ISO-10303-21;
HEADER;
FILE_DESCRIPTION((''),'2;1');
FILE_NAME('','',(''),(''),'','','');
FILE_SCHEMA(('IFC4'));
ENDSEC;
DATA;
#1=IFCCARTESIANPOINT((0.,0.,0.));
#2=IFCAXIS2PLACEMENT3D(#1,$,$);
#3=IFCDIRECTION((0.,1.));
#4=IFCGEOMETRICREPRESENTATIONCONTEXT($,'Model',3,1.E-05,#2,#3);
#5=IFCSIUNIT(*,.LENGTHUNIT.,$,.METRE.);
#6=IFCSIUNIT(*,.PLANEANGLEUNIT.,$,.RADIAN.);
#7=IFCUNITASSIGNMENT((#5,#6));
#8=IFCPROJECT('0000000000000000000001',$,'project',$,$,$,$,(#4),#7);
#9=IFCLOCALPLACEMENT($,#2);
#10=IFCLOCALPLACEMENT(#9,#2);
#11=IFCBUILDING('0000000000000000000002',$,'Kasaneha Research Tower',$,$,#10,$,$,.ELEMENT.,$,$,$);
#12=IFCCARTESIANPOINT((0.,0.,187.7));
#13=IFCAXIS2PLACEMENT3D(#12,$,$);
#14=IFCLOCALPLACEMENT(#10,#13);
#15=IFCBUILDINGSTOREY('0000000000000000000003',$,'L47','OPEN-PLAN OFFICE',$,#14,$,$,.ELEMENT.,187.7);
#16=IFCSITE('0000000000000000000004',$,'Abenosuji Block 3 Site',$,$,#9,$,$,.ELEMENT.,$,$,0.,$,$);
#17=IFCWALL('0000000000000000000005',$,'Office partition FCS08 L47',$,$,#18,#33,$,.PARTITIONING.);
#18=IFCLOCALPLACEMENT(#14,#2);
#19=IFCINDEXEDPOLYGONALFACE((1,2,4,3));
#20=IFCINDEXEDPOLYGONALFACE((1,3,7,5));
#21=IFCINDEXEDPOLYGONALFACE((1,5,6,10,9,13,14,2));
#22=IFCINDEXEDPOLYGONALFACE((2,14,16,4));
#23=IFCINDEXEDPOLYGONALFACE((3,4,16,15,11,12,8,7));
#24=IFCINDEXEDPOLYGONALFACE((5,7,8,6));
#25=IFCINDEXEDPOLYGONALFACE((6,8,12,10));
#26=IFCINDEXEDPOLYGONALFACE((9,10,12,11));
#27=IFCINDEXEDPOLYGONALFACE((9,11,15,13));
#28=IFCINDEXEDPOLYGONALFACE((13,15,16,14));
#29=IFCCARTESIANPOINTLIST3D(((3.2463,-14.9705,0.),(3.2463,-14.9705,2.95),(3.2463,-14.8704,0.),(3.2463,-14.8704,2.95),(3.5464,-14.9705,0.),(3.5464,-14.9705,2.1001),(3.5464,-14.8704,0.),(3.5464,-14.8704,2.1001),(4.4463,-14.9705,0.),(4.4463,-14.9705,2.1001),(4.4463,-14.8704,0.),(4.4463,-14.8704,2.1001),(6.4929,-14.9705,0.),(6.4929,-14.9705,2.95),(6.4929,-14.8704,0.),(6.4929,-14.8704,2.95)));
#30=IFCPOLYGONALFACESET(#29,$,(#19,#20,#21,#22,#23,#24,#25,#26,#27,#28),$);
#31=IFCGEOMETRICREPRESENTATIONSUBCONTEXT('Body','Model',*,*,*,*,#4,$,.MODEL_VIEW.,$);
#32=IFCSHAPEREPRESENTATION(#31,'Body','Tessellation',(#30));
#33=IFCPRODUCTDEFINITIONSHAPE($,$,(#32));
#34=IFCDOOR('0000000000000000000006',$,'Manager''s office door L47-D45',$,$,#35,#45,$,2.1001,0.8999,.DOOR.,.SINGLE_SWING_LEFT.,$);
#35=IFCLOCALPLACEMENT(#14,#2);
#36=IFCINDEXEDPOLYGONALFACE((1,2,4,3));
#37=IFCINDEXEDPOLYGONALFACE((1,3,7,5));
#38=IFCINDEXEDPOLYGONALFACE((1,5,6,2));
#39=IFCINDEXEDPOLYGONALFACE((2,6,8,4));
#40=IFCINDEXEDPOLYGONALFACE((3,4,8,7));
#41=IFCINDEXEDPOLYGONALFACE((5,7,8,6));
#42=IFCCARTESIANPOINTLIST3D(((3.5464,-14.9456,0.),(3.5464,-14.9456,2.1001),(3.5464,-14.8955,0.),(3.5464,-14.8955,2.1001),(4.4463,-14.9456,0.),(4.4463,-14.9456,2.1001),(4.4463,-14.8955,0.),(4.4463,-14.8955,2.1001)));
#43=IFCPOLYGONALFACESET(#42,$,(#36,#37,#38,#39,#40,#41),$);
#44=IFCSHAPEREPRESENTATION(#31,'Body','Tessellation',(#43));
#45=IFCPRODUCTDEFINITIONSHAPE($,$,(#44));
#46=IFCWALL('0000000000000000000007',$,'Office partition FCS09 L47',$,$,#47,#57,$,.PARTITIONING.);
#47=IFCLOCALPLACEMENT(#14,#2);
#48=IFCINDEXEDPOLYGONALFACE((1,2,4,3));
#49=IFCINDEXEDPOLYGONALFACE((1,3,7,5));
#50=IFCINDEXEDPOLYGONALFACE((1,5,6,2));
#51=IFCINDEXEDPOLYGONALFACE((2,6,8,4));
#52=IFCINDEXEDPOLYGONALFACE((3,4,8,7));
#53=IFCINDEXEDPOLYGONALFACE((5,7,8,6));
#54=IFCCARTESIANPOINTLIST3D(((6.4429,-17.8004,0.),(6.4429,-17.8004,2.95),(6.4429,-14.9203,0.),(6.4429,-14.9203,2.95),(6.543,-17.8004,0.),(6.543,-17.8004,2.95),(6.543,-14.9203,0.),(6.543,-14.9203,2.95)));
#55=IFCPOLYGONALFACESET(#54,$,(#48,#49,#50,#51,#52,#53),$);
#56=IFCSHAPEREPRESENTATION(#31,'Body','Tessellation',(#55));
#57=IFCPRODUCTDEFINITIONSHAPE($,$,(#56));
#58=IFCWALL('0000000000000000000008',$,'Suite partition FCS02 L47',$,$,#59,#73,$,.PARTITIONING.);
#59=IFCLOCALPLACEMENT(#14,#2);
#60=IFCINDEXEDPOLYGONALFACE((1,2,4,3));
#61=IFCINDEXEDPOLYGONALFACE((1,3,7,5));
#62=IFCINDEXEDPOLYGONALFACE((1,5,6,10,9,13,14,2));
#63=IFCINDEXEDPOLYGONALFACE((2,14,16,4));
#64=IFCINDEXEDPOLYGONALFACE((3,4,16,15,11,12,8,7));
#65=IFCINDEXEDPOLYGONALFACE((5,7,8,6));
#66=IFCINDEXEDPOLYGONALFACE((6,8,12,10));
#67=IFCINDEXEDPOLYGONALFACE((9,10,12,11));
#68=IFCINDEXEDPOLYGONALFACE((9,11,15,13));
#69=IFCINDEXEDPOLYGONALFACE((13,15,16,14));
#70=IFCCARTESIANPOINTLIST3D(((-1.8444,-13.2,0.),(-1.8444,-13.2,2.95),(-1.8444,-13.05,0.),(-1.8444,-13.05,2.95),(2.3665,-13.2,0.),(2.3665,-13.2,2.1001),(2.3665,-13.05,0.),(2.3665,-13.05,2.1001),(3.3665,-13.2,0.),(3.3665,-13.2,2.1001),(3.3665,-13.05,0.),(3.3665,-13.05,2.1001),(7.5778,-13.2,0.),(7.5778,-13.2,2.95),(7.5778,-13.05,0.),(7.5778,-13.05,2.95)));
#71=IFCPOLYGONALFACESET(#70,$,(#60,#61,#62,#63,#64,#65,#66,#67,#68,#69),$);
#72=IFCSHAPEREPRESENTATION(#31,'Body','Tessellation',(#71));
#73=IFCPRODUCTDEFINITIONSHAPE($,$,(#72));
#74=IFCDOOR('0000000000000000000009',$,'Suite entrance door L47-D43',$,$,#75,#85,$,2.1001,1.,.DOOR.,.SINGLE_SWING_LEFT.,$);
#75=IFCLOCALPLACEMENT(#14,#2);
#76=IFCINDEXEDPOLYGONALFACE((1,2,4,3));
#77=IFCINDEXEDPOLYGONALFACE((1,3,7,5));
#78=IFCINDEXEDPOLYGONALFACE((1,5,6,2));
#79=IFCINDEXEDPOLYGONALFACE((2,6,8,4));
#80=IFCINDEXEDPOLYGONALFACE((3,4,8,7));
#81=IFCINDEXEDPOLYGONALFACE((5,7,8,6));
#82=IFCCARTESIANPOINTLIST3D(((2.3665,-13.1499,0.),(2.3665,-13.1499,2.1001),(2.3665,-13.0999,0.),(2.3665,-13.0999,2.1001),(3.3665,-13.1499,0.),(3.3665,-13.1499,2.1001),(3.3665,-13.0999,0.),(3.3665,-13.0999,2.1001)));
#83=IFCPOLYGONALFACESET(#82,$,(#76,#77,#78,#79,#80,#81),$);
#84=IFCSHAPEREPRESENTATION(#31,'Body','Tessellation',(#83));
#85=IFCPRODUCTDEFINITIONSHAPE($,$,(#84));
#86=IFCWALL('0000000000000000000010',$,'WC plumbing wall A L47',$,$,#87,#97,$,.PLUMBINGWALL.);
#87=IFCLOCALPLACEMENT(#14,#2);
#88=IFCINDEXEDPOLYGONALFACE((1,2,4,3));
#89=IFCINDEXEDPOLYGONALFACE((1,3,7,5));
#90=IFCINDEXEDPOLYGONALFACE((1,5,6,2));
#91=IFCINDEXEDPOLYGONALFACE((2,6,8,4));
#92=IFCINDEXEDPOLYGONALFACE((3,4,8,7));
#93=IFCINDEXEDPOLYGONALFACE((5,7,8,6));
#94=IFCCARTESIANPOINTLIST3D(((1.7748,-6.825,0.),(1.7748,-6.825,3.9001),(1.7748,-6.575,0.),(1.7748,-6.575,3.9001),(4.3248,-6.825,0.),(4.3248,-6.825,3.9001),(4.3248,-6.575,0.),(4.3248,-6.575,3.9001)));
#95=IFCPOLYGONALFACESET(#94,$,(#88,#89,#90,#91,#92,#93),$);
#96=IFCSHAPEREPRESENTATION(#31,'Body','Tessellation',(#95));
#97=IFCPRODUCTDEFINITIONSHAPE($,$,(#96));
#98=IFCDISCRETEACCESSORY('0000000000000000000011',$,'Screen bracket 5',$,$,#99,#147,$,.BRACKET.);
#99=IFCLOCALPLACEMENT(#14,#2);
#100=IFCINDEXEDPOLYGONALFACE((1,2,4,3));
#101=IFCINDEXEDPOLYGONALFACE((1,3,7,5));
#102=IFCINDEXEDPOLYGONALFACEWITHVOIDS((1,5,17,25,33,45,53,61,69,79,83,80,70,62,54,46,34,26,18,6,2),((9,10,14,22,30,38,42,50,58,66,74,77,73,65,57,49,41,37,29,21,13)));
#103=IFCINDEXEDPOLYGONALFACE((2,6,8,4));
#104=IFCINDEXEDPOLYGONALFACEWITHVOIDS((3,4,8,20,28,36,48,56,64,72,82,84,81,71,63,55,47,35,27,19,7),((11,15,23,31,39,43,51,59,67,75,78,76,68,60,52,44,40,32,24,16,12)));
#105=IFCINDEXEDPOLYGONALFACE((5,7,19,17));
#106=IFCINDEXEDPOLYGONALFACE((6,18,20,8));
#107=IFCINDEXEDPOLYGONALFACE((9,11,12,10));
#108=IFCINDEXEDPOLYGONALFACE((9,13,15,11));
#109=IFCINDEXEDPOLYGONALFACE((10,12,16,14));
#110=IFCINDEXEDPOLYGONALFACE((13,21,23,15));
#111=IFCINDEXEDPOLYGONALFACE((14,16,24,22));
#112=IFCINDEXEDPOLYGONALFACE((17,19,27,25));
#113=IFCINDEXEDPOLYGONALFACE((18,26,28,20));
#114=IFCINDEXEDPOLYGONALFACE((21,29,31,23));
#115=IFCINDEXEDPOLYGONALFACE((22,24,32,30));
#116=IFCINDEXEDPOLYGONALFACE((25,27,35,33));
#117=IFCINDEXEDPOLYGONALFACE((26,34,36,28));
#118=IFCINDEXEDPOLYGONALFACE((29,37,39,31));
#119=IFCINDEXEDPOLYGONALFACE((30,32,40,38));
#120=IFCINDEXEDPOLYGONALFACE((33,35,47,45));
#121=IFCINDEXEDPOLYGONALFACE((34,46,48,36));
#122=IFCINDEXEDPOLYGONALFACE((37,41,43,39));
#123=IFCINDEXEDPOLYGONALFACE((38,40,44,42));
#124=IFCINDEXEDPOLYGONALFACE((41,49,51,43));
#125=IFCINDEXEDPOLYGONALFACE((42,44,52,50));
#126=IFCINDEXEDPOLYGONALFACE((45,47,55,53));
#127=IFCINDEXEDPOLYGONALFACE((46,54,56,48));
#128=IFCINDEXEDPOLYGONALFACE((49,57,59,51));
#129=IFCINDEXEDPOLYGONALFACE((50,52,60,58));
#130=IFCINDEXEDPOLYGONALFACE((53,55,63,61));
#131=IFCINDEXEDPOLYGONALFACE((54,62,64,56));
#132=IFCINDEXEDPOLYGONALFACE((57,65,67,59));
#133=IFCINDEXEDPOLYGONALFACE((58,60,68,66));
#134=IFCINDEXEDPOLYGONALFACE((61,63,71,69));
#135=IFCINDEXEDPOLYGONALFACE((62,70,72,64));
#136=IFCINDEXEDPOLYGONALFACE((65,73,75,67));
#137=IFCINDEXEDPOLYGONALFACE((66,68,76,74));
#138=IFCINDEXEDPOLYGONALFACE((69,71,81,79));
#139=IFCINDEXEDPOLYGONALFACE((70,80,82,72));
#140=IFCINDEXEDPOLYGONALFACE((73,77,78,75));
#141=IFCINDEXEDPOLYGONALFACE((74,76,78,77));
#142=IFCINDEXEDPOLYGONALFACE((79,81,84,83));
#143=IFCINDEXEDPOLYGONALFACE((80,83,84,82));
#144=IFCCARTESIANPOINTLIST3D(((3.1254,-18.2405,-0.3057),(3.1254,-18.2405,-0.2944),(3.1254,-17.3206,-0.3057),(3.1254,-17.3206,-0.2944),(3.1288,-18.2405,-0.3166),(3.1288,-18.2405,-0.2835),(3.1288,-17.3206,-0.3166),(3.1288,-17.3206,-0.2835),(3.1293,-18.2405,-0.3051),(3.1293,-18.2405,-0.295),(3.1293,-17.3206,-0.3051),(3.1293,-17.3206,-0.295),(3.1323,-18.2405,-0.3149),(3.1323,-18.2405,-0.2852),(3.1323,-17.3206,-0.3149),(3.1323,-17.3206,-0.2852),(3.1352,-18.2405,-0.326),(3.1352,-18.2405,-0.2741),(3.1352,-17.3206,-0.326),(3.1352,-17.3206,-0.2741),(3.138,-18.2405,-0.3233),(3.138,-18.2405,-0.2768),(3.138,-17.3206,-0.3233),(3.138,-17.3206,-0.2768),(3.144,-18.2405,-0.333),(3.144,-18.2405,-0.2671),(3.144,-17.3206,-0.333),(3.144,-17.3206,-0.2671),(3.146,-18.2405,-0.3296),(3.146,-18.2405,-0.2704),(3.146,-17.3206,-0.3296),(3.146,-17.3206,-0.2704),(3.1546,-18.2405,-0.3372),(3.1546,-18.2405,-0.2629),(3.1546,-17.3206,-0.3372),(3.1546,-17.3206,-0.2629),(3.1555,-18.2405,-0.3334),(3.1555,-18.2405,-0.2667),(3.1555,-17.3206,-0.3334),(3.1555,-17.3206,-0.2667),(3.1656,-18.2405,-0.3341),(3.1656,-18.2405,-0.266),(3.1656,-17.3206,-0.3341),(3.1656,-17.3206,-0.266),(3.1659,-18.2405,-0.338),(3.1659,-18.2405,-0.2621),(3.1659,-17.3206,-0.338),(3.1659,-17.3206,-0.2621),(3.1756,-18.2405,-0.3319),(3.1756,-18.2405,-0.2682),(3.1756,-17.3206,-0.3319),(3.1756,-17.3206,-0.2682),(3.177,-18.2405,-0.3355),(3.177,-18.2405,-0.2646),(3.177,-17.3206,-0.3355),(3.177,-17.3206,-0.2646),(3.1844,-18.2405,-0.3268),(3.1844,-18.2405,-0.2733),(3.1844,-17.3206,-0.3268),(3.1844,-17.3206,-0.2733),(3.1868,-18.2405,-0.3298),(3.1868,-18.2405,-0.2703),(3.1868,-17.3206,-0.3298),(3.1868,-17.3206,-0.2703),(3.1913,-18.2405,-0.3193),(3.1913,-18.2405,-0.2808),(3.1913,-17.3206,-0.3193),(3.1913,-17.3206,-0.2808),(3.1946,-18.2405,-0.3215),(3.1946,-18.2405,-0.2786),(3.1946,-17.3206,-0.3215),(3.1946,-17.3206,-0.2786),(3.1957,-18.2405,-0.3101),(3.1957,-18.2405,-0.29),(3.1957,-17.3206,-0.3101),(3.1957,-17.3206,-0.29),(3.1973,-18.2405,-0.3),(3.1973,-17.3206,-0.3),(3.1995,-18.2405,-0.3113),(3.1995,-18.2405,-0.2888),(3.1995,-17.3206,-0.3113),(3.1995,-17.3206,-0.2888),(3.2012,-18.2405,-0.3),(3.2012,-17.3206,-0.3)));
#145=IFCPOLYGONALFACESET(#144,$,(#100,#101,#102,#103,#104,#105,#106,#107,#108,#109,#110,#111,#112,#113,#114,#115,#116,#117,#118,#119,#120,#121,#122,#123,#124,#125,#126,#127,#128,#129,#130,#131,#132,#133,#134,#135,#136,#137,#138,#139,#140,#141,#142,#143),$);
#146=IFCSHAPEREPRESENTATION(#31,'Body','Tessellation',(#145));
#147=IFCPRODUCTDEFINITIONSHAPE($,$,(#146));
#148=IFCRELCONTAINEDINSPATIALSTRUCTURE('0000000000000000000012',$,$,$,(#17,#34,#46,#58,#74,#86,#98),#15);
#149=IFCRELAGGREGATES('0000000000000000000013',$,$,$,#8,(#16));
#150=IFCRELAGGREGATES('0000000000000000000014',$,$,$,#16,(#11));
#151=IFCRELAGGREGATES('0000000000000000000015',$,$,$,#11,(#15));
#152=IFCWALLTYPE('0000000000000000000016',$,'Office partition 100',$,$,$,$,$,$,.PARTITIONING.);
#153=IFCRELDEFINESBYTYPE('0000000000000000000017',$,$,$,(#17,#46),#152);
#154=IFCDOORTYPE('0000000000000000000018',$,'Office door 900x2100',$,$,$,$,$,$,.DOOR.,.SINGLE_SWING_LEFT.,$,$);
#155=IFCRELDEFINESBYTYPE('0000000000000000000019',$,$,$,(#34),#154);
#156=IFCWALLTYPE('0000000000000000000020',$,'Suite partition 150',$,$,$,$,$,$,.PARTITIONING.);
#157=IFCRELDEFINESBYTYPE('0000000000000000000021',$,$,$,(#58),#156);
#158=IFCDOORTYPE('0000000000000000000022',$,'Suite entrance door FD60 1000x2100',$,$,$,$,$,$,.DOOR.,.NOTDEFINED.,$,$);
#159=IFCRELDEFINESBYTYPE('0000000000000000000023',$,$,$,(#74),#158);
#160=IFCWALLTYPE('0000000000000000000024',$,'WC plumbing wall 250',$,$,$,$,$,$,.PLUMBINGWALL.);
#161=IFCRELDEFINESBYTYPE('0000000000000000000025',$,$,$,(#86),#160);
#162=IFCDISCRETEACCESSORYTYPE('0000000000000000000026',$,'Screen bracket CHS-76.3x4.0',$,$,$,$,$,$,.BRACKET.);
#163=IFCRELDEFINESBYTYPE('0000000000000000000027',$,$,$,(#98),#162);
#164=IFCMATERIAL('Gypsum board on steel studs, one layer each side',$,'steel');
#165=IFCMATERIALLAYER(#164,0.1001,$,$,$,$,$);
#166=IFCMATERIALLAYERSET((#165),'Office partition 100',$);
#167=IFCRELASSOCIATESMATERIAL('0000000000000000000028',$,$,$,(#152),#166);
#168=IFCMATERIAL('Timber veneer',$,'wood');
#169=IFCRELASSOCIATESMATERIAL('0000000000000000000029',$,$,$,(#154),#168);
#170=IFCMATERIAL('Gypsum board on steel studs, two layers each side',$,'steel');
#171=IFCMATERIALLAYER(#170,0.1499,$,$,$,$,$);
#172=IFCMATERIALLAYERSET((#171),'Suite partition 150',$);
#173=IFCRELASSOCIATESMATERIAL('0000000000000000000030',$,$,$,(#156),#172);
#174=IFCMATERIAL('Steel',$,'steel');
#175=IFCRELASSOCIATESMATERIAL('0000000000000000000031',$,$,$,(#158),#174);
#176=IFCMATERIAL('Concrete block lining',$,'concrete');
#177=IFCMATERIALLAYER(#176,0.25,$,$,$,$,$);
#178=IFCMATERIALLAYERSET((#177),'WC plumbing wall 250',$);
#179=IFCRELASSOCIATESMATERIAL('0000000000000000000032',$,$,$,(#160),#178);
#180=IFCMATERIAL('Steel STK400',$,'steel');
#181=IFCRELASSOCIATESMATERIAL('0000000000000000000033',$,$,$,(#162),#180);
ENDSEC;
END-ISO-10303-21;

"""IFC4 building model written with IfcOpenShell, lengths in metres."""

from ifc_helpers import new_model, si_unit, direction, frame, frame_2d, origin, origin_2d, place, context, subcontext, project, spatial, rectangle, hollow_circle, extrude, material, layer, layer_set, material_profile, profile_set, type_object, element, fill, save


model = new_model("IFC4")

# Units and contexts
model_context = context("Model", 3, precision=1e-05, world=origin(), true_north=direction((0.0, 1.0)))
body_context = subcontext(model_context, "Body", "Model", "MODEL_VIEW")
ifc_project = project(units=[si_unit("LENGTHUNIT", "METRE"), si_unit("PLANEANGLEUNIT", "RADIAN")], contexts=[model_context])

# Site, building, storey
site_placement = place(None, origin())
site = spatial("IfcSite", under=ifc_project, at=site_placement, Name="Abenosuji Block 3 Site", CompositionType="ELEMENT", RefElevation=0.0)
building_placement = place(site_placement, origin())
building = spatial("IfcBuilding", under=site, at=building_placement, Name="Kasaneha Research Tower", CompositionType="ELEMENT")
storey_placement = place(building_placement, frame((0.0, 0.0, 187.7)))
storey = spatial("IfcBuildingStorey", under=building, at=storey_placement, Name="L47", Description="OPEN-PLAN OFFICE", CompositionType="ELEMENT", Elevation=187.7)

# Wall, opening, door
ifc_material_1 = material(Name="Gypsum board on steel studs, one layer each side", Category="steel")
ifc_layer_1 = layer(ifc_material_1, 0.1001)
ifc_layer_set_1 = layer_set([ifc_layer_1], Name="Office partition 100")
wall_type_1 = type_object("IfcWallType", Name="Office partition 100", PredefinedType="PARTITIONING", material=ifc_layer_set_1)
wall_1_placement = place(storey_placement, frame((3.2463, -14.9204, 0.0), z_axis=(0.0, 0.0, 1.0), x_axis=(1.0, 0.0, 0.0)))
wall_1 = element("IfcWall", 1, at=wall_1_placement, inside=storey, type_object=wall_type_1, Name="Office partition FCS08 L47", PredefinedType="PARTITIONING", context=body_context, shape_type="SweptSolid", body=[
    extrude(rectangle(XDim=3.2466, YDim=0.1001, at=frame_2d((1.6233, 0.0))), origin(), (0.0, 0.0, 1.0), 2.95),
])
opening_1_placement = place(wall_1_placement, frame((0.3, 0.0, 0.0)))
opening_1 = element("IfcOpeningElement", 2, at=opening_1_placement, cuts=wall_1, PredefinedType="OPENING", context=body_context, shape_type="SweptSolid", body=[
    extrude(rectangle(XDim=0.8999, YDim=2.1001, at=frame_2d((0.45, 1.05))), frame((0.0, 0.0601, 0.0), z_axis=(0.0, -1.0, 0.0), x_axis=(1.0, 0.0, 0.0)), (0.0, 0.0, 1.0), 0.1201),
])
ifc_material_2 = material(Name="Timber veneer", Category="wood")
door_type_1 = type_object("IfcDoorType", Name="Office door 900x2100", OperationType="SINGLE_SWING_LEFT", PredefinedType="DOOR", material=ifc_material_2)
door_1_placement = place(opening_1_placement, origin())
door_1 = element("IfcDoor", 3, at=door_1_placement, inside=storey, type_object=door_type_1, Name="Manager's office door L47-D45", OperationType="SINGLE_SWING_LEFT", OverallHeight=2.1001, OverallWidth=0.8999, PredefinedType="DOOR", context=body_context, shape_type="SweptSolid", body=[
    extrude(rectangle(XDim=0.8999, YDim=2.1001, at=frame_2d((0.45, 1.05))), frame((0.0, 0.0249, 0.0), z_axis=(0.0, -1.0, 0.0), x_axis=(1.0, 0.0, 0.0)), (0.0, 0.0, 1.0), 0.05),
])
fill(opening_1, door_1)

# Wall
wall_2_placement = place(storey_placement, frame((6.4929, -14.9204, 0.0), z_axis=(0.0, 0.0, 1.0), x_axis=(0.0, -1.0, 0.0)))
element("IfcWall", 4, at=wall_2_placement, inside=storey, type_object=wall_type_1, Name="Office partition FCS09 L47", PredefinedType="PARTITIONING", context=body_context, shape_type="SweptSolid", body=[
    extrude(rectangle(XDim=2.8801, YDim=0.1001, at=frame_2d((1.4399, 0.0))), origin(), (0.0, 0.0, 1.0), 2.95),
])

# Wall, opening, door
ifc_material_3 = material(Name="Gypsum board on steel studs, two layers each side", Category="steel")
ifc_layer_2 = layer(ifc_material_3, 0.1499)
ifc_layer_set_2 = layer_set([ifc_layer_2], Name="Suite partition 150")
wall_type_2 = type_object("IfcWallType", Name="Suite partition 150", PredefinedType="PARTITIONING", material=ifc_layer_set_2)
wall_3_placement = place(storey_placement, frame((7.5776, -13.125, 0.0), z_axis=(0.0, 0.0, 1.0), x_axis=(-1.0, 0.0, 0.0)))
wall_3 = element("IfcWall", 5, at=wall_3_placement, inside=storey, type_object=wall_type_2, Name="Suite partition FCS02 L47", PredefinedType="PARTITIONING", context=body_context, shape_type="SweptSolid", body=[
    extrude(rectangle(XDim=9.4221, YDim=0.1499, at=frame_2d((4.7109, 0.0))), origin(), (0.0, 0.0, 1.0), 2.95),
])
opening_2_placement = place(wall_3_placement, frame((4.2112, 0.0, 0.0)))
opening_2 = element("IfcOpeningElement", 6, at=opening_2_placement, cuts=wall_3, PredefinedType="OPENING", context=body_context, shape_type="SweptSolid", body=[
    extrude(rectangle(XDim=1.0, YDim=2.1001, at=frame_2d((0.5, 1.05))), frame((0.0, 0.085, 0.0), z_axis=(0.0, -1.0, 0.0), x_axis=(1.0, 0.0, 0.0)), (0.0, 0.0, 1.0), 0.1699),
])
ifc_material_4 = material(Name="Steel", Category="steel")
door_type_2 = type_object("IfcDoorType", Name="Suite entrance door FD60 1000x2100", OperationType="NOTDEFINED", PredefinedType="DOOR", material=ifc_material_4)
door_2_placement = place(opening_2_placement, origin())
door_2 = element("IfcDoor", 7, at=door_2_placement, inside=storey, type_object=door_type_2, Name="Suite entrance door L47-D43", OperationType="SINGLE_SWING_LEFT", OverallHeight=2.1001, OverallWidth=1.0, PredefinedType="DOOR", context=body_context, shape_type="SweptSolid", body=[
    extrude(rectangle(XDim=1.0, YDim=2.1001, at=frame_2d((0.5, 1.05))), frame((0.0, 0.0249, 0.0), z_axis=(0.0, -1.0, 0.0), x_axis=(1.0, 0.0, 0.0)), (0.0, 0.0, 1.0), 0.05),
])
fill(opening_2, door_2)

# Wall
ifc_material_5 = material(Name="Concrete block lining", Category="concrete")
ifc_layer_3 = layer(ifc_material_5, 0.25)
ifc_layer_set_3 = layer_set([ifc_layer_3], Name="WC plumbing wall 250")
wall_type_3 = type_object("IfcWallType", Name="WC plumbing wall 250", PredefinedType="PLUMBINGWALL", material=ifc_layer_set_3)
wall_4_placement = place(storey_placement, frame((1.7749, -6.7, 0.0), z_axis=(0.0, 0.0, 1.0), x_axis=(1.0, 0.0, 0.0)))
element("IfcWall", 8, at=wall_4_placement, inside=storey, type_object=wall_type_3, Name="WC plumbing wall A L47", PredefinedType="PLUMBINGWALL", context=body_context, shape_type="SweptSolid", body=[
    extrude(rectangle(XDim=2.55, YDim=0.25, at=frame_2d((1.2749, 0.0))), origin(), (0.0, 0.0, 1.0), 3.9001),
])

# Discrete accessory
ifc_material_6 = material(Name="Steel STK400", Category="steel")
ifc_material_profile_1 = material_profile(ifc_material_6, hollow_circle(Radius=0.0381, WallThickness=0.0039, at=origin_2d()), Name="CHS-76.3x4.0")
ifc_profile_set_1 = profile_set([ifc_material_profile_1], Name="Steel STK400")
discrete_accessory_type = type_object("IfcDiscreteAccessoryType", Name="Screen bracket CHS-76.3x4.0", PredefinedType="BRACKET", material=ifc_profile_set_1)
for number, where, z_axis, x_axis, name in (
    (9, (3.1631, -17.3206, -0.3), (0.0, -1.0, 0.0), (1.0, 0.0, 0.0), "Screen bracket 5"),
):
    element("IfcDiscreteAccessory", number, at=place(storey_placement, frame(where, z_axis=z_axis, x_axis=x_axis)), inside=storey, type_object=discrete_accessory_type, Name=name, PredefinedType="BRACKET", context=body_context, shape_type="SweptSolid", body=[
        extrude(hollow_circle(Radius=0.0381, WallThickness=0.0039, at=origin_2d()), origin(), (0.0, 0.0, 1.0), 0.9199),
    ])

save(model, "model.ifc")
